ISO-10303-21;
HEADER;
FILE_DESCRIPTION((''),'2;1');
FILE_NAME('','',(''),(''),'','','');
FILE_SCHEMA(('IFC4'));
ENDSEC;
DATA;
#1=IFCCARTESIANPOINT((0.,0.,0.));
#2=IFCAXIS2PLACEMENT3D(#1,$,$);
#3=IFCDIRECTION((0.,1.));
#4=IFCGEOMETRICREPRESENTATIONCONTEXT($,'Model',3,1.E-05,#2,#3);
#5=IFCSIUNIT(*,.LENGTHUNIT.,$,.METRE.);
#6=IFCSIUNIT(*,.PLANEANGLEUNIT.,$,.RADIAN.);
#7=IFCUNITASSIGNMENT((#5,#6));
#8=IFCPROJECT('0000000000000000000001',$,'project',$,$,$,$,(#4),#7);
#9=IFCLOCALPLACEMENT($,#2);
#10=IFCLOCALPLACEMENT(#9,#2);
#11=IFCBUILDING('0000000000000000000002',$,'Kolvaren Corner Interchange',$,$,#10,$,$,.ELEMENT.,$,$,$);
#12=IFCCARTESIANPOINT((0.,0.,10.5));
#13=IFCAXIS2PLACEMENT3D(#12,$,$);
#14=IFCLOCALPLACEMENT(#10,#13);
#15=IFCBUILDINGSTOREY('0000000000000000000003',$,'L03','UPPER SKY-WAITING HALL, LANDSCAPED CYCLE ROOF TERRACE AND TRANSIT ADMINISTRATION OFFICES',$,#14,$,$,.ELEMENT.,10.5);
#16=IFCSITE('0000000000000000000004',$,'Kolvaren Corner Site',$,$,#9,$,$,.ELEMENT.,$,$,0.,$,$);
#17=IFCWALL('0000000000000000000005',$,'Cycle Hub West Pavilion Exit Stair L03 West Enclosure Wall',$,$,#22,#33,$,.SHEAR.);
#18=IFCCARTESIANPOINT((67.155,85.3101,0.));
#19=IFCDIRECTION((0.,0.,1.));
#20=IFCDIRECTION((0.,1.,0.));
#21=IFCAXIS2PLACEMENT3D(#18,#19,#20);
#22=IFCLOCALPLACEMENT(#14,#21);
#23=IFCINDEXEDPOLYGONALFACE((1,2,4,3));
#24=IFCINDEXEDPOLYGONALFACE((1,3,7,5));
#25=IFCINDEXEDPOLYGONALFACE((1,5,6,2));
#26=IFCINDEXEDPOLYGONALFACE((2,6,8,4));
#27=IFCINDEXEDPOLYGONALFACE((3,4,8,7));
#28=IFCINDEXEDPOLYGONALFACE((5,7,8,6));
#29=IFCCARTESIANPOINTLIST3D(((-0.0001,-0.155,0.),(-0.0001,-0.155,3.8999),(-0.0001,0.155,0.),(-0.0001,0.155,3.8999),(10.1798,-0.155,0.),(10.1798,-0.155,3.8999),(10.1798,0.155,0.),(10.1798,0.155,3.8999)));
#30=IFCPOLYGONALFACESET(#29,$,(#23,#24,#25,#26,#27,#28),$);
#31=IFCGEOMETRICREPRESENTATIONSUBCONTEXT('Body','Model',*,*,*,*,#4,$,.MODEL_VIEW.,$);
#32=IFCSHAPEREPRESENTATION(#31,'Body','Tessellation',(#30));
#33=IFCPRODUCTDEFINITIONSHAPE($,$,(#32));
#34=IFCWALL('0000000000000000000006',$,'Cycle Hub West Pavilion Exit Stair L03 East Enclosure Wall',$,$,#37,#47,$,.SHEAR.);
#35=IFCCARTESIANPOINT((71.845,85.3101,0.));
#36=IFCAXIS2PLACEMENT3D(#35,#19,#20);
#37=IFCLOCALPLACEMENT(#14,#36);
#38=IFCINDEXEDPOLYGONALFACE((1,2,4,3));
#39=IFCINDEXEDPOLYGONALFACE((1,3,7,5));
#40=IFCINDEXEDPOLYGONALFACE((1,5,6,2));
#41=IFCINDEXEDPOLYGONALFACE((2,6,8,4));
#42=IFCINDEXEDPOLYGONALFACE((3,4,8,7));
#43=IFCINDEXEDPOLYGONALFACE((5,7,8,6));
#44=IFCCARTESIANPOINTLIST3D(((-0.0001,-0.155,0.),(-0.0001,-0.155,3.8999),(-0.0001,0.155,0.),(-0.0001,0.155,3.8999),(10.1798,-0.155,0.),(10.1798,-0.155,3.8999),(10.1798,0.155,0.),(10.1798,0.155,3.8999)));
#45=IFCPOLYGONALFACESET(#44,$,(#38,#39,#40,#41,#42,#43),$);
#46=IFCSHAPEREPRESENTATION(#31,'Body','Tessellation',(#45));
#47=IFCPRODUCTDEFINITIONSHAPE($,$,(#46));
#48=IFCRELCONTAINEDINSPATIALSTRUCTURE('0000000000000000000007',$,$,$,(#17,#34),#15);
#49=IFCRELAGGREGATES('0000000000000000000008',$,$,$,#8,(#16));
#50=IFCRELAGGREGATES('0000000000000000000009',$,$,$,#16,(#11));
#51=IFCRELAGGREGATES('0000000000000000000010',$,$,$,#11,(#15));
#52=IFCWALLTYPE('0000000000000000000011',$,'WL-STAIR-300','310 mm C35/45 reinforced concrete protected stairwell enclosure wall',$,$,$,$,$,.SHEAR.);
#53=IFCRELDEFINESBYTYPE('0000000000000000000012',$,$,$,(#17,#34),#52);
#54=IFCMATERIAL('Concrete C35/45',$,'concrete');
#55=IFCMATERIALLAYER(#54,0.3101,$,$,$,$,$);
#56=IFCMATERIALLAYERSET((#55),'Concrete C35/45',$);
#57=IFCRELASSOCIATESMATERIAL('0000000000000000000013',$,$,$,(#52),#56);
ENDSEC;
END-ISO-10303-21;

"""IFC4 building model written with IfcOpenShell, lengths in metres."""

from ifc_helpers import new_model, si_unit, direction, frame, frame_2d, origin, place, context, subcontext, project, spatial, rectangle, extrude, material, layer, layer_set, type_object, element, save


model = new_model("IFC4")

# Units and contexts
model_context = context("Model", 3, precision=1e-05, world=origin(), true_north=direction((0.0, 1.0)))
body_context = subcontext(model_context, "Body", "Model", "MODEL_VIEW")
ifc_project = project(units=[si_unit("LENGTHUNIT", "METRE"), si_unit("PLANEANGLEUNIT", "RADIAN")], contexts=[model_context])

# Site, building, storey
site_placement = place(None, origin())
site = spatial("IfcSite", under=ifc_project, at=site_placement, Name="Kolvaren Corner Site", CompositionType="ELEMENT", RefElevation=0.0)
building_placement = place(site_placement, origin())
building = spatial("IfcBuilding", under=site, at=building_placement, Name="Kolvaren Corner Interchange", CompositionType="ELEMENT")
storey_placement = place(building_placement, frame((0.0, 0.0, 10.5)))
storey = spatial("IfcBuildingStorey", under=building, at=storey_placement, Name="L03", Description="UPPER SKY-WAITING HALL, LANDSCAPED CYCLE ROOF TERRACE AND TRANSIT ADMINISTRATION OFFICES", CompositionType="ELEMENT", Elevation=10.5)

# Shared definitions
ifc_material_1 = material(Name="Concrete C35/45", Category="concrete")
ifc_layer_1 = layer(ifc_material_1, 0.3101)
ifc_layer_set_1 = layer_set([ifc_layer_1], Name="Concrete C35/45")
wall_type_1 = type_object("IfcWallType", Name="WL-STAIR-300", Description="310 mm C35/45 reinforced concrete protected stairwell enclosure wall", PredefinedType="SHEAR", material=ifc_layer_set_1)

# Walls
for number, where, z_axis, x_axis, name in (
    (1, (67.155, 85.3101, 0.0), (0.0, 0.0, 1.0), (0.0, 1.0, 0.0), "Cycle Hub West Pavilion Exit Stair L03 West Enclosure Wall"),
    (2, (71.845, 85.3101, 0.0), (0.0, 0.0, 1.0), (0.0, 1.0, 0.0), "Cycle Hub West Pavilion Exit Stair L03 East Enclosure Wall"),
):
    element("IfcWall", number, at=place(storey_placement, frame(where, z_axis=z_axis, x_axis=x_axis)), inside=storey, type_object=wall_type_1, Name=name, PredefinedType="SHEAR", context=body_context, shape_type="SweptSolid", body=[
        extrude(rectangle(XDim=10.1799, YDim=0.3101, at=frame_2d((5.0898, 0.0))), origin(), (0.0, 0.0, 1.0), 3.8999),
    ])

save(model, "model.ifc")
